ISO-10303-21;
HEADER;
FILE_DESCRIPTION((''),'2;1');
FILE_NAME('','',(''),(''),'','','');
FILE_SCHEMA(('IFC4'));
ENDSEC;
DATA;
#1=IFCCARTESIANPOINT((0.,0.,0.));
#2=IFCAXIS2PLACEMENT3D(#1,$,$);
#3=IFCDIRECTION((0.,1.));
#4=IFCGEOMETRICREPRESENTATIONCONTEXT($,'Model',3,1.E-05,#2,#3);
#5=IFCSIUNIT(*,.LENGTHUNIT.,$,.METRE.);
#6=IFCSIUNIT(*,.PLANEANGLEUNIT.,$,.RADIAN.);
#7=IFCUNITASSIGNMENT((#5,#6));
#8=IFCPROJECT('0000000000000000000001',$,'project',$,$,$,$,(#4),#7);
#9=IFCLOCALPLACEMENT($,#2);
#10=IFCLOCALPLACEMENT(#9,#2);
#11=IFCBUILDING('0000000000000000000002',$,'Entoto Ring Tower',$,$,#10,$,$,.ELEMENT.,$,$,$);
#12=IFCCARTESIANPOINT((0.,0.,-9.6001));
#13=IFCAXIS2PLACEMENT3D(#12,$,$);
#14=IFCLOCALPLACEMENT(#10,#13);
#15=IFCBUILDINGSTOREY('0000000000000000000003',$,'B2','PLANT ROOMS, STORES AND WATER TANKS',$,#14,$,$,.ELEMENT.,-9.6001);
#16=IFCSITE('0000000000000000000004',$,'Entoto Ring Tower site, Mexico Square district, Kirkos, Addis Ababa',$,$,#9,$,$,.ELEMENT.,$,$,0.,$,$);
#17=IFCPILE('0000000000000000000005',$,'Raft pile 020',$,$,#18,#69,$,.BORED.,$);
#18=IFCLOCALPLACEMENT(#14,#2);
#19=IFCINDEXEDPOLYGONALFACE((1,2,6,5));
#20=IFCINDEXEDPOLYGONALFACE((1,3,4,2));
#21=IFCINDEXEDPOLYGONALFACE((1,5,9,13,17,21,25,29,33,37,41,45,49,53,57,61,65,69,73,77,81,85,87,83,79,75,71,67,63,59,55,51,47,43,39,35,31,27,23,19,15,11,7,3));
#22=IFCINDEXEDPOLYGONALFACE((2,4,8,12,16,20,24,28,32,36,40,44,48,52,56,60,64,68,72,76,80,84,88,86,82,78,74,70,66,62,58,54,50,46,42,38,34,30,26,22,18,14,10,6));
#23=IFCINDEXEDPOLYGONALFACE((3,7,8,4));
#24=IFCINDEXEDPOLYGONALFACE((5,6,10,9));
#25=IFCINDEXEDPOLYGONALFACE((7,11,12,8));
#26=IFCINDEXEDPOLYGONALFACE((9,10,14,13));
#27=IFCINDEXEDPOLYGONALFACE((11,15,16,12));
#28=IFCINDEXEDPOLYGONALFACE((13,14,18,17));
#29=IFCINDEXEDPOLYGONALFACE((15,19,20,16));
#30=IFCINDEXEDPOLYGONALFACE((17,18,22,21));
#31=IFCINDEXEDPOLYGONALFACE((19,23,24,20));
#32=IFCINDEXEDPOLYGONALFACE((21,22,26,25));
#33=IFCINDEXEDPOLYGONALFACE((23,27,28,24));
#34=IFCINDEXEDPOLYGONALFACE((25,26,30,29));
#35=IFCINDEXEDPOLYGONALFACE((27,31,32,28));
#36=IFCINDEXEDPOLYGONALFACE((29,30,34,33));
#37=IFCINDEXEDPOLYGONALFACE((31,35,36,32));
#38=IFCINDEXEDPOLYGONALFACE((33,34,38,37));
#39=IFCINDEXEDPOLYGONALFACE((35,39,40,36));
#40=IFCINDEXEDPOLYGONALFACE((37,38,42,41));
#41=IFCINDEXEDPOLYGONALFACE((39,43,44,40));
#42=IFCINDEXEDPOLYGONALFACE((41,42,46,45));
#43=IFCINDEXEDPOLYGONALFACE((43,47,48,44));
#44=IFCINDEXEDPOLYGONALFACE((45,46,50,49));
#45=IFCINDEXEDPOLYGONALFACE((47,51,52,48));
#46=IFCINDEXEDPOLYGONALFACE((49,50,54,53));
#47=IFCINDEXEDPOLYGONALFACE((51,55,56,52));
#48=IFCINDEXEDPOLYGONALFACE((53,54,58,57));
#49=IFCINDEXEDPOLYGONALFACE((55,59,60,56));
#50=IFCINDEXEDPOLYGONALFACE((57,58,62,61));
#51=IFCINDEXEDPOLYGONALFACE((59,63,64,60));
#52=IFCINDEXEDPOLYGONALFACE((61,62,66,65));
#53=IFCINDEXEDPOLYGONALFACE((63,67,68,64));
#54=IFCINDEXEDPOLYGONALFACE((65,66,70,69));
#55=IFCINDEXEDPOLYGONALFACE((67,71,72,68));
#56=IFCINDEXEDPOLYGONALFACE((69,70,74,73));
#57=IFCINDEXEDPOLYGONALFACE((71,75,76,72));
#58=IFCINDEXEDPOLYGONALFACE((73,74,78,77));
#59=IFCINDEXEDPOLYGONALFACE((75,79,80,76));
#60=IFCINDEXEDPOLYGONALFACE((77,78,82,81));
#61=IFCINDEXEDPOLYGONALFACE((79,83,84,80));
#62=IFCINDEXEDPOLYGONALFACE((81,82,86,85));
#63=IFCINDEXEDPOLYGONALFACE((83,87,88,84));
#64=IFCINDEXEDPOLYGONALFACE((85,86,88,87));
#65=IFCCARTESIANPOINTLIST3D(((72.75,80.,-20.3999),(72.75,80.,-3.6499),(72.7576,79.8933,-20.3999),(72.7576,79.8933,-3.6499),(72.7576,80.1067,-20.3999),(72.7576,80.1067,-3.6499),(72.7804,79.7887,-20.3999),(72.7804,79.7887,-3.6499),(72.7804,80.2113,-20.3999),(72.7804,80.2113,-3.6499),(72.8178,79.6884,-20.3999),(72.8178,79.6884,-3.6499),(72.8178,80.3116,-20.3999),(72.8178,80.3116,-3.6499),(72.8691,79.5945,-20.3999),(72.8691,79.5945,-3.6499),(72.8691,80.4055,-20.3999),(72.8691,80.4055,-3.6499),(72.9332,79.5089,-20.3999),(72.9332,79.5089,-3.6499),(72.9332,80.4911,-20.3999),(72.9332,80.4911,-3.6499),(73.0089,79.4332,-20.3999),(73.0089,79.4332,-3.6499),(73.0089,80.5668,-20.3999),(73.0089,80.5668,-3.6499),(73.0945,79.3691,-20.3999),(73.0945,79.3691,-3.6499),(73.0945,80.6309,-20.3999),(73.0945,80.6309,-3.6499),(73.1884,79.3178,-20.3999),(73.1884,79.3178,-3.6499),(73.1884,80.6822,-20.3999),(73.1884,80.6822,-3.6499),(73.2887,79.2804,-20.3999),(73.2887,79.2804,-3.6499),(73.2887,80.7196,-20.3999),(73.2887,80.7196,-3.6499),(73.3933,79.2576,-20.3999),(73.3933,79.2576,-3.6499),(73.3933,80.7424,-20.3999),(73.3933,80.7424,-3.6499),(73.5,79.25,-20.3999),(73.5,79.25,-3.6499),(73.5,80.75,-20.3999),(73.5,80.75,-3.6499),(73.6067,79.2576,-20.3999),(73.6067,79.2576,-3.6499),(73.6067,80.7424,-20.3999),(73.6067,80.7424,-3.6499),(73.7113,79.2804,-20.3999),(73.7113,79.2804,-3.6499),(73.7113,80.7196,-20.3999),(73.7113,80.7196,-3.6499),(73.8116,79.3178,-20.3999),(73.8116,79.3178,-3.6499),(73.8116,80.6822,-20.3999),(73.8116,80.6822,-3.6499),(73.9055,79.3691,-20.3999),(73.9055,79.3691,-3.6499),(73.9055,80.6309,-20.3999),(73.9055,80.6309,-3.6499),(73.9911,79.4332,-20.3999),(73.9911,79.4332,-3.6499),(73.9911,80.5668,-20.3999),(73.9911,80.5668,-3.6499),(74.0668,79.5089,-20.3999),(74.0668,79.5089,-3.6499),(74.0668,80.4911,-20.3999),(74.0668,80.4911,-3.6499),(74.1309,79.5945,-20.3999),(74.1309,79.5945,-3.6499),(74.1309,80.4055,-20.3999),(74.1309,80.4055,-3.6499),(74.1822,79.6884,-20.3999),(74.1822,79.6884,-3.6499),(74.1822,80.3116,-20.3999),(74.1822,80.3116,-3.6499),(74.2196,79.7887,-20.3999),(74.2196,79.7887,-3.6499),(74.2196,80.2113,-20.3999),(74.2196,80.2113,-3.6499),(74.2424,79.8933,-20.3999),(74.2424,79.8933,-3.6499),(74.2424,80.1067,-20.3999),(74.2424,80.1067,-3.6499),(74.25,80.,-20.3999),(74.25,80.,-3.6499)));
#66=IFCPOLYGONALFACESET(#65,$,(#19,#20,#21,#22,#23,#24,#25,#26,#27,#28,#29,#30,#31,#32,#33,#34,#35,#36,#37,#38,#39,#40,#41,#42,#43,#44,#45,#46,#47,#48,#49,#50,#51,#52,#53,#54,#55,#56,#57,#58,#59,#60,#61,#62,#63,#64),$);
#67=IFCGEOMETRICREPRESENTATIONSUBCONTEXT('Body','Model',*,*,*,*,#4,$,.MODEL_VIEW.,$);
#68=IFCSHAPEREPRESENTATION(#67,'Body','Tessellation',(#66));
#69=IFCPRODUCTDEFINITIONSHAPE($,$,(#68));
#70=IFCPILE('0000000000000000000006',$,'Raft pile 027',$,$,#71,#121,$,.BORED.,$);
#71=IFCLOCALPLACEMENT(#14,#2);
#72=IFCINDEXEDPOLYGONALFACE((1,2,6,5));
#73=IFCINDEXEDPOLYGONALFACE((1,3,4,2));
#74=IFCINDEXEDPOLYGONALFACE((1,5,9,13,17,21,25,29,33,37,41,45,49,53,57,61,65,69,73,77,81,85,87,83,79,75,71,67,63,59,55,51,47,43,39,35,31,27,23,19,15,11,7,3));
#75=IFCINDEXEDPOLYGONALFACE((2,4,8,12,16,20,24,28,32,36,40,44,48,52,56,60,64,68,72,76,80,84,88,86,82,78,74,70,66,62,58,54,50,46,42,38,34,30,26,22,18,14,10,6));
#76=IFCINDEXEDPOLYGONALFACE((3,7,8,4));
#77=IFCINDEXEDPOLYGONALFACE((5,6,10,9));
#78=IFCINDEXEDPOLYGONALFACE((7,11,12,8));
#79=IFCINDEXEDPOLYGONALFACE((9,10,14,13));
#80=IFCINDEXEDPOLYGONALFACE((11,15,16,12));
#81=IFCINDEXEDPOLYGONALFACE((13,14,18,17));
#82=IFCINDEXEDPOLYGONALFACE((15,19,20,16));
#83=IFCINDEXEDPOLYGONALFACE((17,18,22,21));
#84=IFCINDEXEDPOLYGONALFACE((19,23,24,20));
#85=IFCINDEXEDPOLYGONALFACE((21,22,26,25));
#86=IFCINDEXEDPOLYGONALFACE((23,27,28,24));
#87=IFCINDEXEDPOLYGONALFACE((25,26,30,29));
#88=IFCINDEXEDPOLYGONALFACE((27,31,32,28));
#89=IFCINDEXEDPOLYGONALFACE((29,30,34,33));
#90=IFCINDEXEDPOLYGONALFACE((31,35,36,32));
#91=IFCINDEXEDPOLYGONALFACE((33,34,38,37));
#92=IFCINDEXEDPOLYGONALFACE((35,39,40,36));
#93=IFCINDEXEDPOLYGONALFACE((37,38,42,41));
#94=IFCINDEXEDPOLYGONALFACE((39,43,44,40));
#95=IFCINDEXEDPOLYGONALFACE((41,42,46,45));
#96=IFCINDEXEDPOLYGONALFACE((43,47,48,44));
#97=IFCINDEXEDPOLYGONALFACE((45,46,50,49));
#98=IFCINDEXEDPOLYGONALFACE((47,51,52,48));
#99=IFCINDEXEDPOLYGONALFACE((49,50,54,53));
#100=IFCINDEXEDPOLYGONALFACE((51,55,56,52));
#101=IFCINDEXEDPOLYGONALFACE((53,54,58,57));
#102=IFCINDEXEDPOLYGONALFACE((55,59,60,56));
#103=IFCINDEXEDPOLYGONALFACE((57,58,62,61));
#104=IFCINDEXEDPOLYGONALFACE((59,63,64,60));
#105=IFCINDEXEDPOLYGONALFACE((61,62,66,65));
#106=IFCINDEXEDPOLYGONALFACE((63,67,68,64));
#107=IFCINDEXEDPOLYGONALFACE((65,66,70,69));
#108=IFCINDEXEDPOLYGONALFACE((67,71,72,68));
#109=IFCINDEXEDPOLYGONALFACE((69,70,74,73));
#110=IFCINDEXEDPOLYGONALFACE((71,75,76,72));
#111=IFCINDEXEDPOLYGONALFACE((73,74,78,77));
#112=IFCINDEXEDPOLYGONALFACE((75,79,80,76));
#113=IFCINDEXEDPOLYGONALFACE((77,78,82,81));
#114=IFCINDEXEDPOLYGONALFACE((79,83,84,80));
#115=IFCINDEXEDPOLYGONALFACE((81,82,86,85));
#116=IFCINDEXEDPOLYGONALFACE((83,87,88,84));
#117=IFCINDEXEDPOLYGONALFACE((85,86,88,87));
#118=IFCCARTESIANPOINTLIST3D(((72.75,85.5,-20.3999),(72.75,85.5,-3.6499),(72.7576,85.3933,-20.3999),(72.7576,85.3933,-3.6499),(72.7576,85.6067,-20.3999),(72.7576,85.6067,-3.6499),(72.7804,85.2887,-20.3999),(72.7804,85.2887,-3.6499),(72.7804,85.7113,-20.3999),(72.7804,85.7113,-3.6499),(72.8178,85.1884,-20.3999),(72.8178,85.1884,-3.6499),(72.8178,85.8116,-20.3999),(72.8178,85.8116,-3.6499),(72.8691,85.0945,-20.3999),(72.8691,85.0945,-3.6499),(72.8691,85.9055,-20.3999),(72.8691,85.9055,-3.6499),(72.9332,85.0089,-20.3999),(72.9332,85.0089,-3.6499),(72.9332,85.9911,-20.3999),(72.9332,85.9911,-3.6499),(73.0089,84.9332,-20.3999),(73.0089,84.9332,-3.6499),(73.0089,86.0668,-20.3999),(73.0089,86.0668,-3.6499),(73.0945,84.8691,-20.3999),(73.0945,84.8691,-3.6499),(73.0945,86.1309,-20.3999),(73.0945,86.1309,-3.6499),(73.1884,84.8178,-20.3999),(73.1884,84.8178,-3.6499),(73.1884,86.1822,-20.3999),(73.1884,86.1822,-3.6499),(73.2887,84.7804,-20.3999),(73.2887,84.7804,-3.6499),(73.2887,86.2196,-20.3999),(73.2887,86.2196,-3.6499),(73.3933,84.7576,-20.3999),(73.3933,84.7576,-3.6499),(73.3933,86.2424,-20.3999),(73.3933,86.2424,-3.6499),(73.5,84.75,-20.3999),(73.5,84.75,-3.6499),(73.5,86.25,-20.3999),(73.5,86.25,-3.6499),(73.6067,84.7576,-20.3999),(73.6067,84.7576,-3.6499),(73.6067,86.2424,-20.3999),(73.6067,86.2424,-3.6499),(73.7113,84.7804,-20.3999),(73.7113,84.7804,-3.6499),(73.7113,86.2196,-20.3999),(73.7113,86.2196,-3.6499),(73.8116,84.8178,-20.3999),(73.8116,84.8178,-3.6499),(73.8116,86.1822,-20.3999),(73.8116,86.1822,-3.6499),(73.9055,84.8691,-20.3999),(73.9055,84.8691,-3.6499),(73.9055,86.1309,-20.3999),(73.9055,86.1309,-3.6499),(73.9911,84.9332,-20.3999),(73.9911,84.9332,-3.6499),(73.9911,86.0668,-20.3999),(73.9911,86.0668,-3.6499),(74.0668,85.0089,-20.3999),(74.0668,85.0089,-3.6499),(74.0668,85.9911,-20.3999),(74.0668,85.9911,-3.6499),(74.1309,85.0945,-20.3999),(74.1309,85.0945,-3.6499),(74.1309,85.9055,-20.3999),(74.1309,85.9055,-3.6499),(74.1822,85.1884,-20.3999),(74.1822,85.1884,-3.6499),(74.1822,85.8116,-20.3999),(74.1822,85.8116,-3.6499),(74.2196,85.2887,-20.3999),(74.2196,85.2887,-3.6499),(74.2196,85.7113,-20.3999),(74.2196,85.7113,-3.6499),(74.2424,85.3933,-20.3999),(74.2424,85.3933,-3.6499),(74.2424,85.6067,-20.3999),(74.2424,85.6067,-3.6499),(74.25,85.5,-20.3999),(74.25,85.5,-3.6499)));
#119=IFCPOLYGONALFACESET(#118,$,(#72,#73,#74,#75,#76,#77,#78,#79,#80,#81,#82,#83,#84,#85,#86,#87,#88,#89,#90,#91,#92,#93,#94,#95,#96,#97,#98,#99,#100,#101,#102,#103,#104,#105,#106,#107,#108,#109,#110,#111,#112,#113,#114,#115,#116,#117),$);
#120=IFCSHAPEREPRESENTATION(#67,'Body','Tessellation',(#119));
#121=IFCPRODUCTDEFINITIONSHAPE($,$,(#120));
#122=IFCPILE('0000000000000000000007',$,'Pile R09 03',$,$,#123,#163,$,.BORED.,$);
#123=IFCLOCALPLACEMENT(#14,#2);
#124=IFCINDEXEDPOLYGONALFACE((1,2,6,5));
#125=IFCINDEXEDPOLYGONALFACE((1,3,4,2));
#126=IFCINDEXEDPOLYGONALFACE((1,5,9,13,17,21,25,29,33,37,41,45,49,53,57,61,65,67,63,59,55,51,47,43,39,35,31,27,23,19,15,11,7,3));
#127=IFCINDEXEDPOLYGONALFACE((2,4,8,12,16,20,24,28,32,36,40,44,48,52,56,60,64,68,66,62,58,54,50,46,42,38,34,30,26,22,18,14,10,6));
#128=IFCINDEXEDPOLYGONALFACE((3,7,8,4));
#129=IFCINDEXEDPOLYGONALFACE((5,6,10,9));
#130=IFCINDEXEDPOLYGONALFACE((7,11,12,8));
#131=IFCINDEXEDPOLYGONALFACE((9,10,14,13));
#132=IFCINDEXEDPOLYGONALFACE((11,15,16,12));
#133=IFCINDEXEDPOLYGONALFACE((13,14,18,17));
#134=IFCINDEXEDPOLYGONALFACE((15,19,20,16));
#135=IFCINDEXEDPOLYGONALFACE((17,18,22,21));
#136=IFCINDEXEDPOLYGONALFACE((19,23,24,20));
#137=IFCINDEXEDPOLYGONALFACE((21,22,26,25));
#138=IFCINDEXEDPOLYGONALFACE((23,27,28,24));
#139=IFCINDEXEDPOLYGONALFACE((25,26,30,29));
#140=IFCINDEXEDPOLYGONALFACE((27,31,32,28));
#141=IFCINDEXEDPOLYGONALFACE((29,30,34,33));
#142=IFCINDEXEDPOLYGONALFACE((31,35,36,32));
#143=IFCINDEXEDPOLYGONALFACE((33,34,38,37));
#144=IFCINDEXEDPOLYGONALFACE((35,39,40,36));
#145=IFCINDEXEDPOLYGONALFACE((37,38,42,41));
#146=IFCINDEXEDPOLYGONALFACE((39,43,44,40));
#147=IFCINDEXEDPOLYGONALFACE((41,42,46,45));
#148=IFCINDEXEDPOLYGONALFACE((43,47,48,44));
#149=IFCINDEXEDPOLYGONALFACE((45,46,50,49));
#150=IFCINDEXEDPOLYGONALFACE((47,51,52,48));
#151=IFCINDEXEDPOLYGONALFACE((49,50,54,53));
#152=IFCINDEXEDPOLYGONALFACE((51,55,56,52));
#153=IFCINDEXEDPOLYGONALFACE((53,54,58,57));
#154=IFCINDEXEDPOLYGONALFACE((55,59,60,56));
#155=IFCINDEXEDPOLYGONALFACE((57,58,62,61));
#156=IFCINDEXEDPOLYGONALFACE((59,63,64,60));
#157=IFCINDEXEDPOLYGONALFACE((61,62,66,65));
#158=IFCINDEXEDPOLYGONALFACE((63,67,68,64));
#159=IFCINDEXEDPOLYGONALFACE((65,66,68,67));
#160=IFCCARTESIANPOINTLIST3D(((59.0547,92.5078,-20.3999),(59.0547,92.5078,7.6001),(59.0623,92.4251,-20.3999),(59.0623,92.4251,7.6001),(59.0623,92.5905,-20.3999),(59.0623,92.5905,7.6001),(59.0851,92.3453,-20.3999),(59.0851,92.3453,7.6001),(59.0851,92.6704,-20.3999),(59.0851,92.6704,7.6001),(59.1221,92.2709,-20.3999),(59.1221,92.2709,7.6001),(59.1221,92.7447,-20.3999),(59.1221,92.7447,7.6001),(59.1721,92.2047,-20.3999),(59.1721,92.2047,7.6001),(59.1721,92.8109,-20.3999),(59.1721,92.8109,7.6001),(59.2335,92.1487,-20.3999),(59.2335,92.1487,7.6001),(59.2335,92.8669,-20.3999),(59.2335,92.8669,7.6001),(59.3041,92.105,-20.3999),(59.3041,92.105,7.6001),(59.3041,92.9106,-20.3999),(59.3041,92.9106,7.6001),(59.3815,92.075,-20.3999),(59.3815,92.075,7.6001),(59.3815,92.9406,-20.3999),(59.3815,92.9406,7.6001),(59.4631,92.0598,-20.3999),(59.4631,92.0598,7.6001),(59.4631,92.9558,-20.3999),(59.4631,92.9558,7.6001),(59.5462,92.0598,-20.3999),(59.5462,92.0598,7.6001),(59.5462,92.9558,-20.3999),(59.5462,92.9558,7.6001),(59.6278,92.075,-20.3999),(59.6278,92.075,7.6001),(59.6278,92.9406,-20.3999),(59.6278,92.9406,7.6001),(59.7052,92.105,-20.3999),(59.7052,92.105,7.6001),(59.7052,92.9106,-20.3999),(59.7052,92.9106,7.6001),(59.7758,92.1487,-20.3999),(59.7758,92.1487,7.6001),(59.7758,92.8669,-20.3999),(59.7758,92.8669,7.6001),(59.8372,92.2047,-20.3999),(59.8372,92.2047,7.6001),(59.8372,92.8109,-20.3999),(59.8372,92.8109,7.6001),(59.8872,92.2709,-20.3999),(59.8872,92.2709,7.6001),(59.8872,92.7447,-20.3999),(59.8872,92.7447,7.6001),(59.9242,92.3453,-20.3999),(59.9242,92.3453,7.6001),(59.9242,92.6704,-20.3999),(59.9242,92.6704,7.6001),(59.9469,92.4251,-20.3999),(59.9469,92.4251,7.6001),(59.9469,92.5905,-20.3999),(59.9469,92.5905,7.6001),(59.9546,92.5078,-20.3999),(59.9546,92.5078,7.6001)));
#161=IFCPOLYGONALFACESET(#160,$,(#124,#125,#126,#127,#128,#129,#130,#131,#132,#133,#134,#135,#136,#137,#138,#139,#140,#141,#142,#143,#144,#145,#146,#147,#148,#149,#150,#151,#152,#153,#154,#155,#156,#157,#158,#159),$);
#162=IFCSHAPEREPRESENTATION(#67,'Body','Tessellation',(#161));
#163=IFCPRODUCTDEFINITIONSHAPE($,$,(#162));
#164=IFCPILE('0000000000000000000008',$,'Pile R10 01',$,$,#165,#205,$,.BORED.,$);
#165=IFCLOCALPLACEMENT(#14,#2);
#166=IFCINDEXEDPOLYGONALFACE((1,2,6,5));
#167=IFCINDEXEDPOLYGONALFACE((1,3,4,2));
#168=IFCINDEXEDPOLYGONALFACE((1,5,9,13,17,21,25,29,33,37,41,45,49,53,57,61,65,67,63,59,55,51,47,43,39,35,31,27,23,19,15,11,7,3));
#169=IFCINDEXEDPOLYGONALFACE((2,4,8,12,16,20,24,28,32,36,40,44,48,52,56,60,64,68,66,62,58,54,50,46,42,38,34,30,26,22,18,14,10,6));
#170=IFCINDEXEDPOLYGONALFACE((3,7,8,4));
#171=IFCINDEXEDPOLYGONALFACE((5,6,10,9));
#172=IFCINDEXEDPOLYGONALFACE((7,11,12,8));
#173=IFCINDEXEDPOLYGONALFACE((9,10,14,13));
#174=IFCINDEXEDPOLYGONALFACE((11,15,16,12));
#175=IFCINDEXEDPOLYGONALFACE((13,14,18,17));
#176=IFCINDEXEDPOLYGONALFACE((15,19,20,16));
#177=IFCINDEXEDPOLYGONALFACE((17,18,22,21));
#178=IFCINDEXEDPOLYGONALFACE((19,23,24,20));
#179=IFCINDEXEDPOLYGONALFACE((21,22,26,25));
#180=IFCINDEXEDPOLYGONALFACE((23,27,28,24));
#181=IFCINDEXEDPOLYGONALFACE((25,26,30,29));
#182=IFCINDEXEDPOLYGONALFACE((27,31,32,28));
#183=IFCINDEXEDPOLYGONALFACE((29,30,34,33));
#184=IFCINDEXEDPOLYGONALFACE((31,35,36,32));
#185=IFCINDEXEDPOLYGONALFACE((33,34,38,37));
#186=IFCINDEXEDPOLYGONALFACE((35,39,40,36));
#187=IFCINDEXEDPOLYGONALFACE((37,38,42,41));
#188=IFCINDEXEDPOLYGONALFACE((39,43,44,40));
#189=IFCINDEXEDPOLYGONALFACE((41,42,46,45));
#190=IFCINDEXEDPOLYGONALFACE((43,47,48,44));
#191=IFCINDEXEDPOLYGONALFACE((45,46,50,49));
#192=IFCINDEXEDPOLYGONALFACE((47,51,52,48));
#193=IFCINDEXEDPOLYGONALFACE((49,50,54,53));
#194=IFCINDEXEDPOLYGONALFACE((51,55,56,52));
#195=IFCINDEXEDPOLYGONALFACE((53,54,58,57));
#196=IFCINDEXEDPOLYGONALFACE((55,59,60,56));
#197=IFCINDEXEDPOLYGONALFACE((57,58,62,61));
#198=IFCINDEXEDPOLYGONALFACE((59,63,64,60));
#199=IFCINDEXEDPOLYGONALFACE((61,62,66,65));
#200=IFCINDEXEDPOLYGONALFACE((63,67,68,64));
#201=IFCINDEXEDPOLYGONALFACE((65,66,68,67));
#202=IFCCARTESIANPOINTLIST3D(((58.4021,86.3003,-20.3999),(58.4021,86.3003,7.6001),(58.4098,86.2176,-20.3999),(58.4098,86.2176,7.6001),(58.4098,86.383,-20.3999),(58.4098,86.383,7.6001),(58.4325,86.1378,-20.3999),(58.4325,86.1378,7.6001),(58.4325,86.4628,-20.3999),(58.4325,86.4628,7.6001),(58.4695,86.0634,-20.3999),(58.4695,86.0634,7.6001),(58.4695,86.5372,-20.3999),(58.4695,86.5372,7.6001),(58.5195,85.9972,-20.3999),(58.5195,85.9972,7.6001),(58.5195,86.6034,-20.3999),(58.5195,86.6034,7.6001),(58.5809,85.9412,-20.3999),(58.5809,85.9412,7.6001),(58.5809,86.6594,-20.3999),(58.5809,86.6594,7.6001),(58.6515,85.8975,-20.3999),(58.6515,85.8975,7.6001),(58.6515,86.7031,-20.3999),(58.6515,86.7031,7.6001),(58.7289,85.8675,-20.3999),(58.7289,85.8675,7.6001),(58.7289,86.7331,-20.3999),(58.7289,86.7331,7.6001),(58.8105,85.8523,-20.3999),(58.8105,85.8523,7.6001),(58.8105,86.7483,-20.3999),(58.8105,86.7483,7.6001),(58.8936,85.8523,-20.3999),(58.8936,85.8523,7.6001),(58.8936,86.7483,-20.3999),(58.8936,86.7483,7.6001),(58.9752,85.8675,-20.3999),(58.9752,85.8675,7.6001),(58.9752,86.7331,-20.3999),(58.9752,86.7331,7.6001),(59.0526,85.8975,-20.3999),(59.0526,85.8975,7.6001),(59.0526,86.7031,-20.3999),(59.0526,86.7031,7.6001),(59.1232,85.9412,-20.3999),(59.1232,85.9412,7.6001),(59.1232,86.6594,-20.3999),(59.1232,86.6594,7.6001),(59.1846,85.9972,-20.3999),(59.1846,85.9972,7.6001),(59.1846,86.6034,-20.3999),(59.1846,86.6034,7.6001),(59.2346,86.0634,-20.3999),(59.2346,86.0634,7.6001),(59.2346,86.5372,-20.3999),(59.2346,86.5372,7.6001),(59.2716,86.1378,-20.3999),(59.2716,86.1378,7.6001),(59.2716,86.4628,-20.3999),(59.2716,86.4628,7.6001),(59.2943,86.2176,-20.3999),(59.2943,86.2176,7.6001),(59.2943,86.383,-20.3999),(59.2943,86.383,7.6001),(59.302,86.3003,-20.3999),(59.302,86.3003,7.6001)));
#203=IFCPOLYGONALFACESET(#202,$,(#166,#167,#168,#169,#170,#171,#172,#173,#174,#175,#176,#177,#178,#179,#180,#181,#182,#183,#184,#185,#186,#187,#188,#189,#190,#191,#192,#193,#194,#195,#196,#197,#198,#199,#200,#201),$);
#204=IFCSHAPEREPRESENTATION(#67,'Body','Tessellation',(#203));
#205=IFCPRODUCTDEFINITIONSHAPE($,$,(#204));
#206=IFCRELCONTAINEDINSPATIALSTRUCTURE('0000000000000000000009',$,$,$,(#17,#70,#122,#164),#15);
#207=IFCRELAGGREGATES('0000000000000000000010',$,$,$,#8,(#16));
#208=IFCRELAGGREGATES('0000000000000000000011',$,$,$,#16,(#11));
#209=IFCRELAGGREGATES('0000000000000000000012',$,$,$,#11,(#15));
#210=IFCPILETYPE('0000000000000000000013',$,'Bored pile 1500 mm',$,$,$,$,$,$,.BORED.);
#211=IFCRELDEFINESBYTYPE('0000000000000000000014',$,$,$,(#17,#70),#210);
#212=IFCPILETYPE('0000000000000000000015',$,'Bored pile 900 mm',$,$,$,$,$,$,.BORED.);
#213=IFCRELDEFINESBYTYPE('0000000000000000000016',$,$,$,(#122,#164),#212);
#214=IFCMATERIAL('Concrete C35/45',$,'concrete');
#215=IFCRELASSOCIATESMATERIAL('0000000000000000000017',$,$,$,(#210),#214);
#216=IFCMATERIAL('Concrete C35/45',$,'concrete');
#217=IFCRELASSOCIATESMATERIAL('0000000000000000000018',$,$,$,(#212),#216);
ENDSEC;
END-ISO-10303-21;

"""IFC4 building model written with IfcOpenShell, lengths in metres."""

from ifc_helpers import new_model, si_unit, direction, frame, origin, origin_2d, place, context, subcontext, project, spatial, circle, extrude, material, material_profile, profile_set, type_object, element, save


model = new_model("IFC4")

# Units and contexts
model_context = context("Model", 3, precision=1e-05, world=origin(), true_north=direction((0.0, 1.0)))
body_context = subcontext(model_context, "Body", "Model", "MODEL_VIEW")
ifc_project = project(units=[si_unit("LENGTHUNIT", "METRE"), si_unit("PLANEANGLEUNIT", "RADIAN")], contexts=[model_context])

# Site, building, storey
site_placement = place(None, origin())
site = spatial("IfcSite", under=ifc_project, at=site_placement, Name="Entoto Ring Tower site, Mexico Square district, Kirkos, Addis Ababa", CompositionType="ELEMENT", RefElevation=0.0)
building_placement = place(site_placement, origin())
building = spatial("IfcBuilding", under=site, at=building_placement, Name="Entoto Ring Tower", CompositionType="ELEMENT")
storey_placement = place(building_placement, frame((0.0, 0.0, -9.6001)))
storey = spatial("IfcBuildingStorey", under=building, at=storey_placement, Name="B2", Description="PLANT ROOMS, STORES AND WATER TANKS", CompositionType="ELEMENT", Elevation=-9.6001)

# Piles
ifc_material_1 = material(Name="Concrete C35/45", Category="concrete")
ifc_material_profile_1 = material_profile(ifc_material_1, circle(Radius=0.75, at=origin_2d()), Name="Bored pile 1500 mm")
ifc_profile_set_1 = profile_set([ifc_material_profile_1], Name="Concrete C35/45")
pile_type_1 = type_object("IfcPileType", Name="Bored pile 1500 mm", PredefinedType="BORED", material=ifc_profile_set_1)
for number, where, z_axis, x_axis, name in (
    (1, (73.5, 80.0, -3.6499), (0.0, 0.0, -1.0), (1.0, 0.0, 0.0), "Raft pile 020"),
    (2, (73.5, 85.5, -3.6499), (0.0, 0.0, -1.0), (1.0, 0.0, 0.0), "Raft pile 027"),
):
    element("IfcPile", number, at=place(storey_placement, frame(where, z_axis=z_axis, x_axis=x_axis)), inside=storey, type_object=pile_type_1, Name=name, PredefinedType="BORED", context=body_context, shape_type="SweptSolid", body=[
        extrude(circle(Radius=0.75, at=origin_2d()), origin(), (0.0, 0.0, 1.0), 16.75),
    ])
ifc_material_2 = material(Name="Concrete C35/45", Category="concrete")
ifc_material_profile_2 = material_profile(ifc_material_2, circle(Radius=0.45, at=origin_2d()), Name="Bored pile 900 mm")
ifc_profile_set_2 = profile_set([ifc_material_profile_2], Name="Concrete C35/45")
pile_type_2 = type_object("IfcPileType", Name="Bored pile 900 mm", PredefinedType="BORED", material=ifc_profile_set_2)
for number, where, z_axis, x_axis, name in (
    (3, (59.5046, 92.5078, 7.6001), (0.0, 0.0, -1.0), (1.0, 0.0, 0.0), "Pile R09 03"),
    (4, (58.8521, 86.3003, 7.6001), (0.0, 0.0, -1.0), (1.0, 0.0, 0.0), "Pile R10 01"),
):
    element("IfcPile", number, at=place(storey_placement, frame(where, z_axis=z_axis, x_axis=x_axis)), inside=storey, type_object=pile_type_2, Name=name, PredefinedType="BORED", context=body_context, shape_type="SweptSolid", body=[
        extrude(circle(Radius=0.45, at=origin_2d()), origin(), (0.0, 0.0, 1.0), 28.0),
    ])

save(model, "model.ifc")
